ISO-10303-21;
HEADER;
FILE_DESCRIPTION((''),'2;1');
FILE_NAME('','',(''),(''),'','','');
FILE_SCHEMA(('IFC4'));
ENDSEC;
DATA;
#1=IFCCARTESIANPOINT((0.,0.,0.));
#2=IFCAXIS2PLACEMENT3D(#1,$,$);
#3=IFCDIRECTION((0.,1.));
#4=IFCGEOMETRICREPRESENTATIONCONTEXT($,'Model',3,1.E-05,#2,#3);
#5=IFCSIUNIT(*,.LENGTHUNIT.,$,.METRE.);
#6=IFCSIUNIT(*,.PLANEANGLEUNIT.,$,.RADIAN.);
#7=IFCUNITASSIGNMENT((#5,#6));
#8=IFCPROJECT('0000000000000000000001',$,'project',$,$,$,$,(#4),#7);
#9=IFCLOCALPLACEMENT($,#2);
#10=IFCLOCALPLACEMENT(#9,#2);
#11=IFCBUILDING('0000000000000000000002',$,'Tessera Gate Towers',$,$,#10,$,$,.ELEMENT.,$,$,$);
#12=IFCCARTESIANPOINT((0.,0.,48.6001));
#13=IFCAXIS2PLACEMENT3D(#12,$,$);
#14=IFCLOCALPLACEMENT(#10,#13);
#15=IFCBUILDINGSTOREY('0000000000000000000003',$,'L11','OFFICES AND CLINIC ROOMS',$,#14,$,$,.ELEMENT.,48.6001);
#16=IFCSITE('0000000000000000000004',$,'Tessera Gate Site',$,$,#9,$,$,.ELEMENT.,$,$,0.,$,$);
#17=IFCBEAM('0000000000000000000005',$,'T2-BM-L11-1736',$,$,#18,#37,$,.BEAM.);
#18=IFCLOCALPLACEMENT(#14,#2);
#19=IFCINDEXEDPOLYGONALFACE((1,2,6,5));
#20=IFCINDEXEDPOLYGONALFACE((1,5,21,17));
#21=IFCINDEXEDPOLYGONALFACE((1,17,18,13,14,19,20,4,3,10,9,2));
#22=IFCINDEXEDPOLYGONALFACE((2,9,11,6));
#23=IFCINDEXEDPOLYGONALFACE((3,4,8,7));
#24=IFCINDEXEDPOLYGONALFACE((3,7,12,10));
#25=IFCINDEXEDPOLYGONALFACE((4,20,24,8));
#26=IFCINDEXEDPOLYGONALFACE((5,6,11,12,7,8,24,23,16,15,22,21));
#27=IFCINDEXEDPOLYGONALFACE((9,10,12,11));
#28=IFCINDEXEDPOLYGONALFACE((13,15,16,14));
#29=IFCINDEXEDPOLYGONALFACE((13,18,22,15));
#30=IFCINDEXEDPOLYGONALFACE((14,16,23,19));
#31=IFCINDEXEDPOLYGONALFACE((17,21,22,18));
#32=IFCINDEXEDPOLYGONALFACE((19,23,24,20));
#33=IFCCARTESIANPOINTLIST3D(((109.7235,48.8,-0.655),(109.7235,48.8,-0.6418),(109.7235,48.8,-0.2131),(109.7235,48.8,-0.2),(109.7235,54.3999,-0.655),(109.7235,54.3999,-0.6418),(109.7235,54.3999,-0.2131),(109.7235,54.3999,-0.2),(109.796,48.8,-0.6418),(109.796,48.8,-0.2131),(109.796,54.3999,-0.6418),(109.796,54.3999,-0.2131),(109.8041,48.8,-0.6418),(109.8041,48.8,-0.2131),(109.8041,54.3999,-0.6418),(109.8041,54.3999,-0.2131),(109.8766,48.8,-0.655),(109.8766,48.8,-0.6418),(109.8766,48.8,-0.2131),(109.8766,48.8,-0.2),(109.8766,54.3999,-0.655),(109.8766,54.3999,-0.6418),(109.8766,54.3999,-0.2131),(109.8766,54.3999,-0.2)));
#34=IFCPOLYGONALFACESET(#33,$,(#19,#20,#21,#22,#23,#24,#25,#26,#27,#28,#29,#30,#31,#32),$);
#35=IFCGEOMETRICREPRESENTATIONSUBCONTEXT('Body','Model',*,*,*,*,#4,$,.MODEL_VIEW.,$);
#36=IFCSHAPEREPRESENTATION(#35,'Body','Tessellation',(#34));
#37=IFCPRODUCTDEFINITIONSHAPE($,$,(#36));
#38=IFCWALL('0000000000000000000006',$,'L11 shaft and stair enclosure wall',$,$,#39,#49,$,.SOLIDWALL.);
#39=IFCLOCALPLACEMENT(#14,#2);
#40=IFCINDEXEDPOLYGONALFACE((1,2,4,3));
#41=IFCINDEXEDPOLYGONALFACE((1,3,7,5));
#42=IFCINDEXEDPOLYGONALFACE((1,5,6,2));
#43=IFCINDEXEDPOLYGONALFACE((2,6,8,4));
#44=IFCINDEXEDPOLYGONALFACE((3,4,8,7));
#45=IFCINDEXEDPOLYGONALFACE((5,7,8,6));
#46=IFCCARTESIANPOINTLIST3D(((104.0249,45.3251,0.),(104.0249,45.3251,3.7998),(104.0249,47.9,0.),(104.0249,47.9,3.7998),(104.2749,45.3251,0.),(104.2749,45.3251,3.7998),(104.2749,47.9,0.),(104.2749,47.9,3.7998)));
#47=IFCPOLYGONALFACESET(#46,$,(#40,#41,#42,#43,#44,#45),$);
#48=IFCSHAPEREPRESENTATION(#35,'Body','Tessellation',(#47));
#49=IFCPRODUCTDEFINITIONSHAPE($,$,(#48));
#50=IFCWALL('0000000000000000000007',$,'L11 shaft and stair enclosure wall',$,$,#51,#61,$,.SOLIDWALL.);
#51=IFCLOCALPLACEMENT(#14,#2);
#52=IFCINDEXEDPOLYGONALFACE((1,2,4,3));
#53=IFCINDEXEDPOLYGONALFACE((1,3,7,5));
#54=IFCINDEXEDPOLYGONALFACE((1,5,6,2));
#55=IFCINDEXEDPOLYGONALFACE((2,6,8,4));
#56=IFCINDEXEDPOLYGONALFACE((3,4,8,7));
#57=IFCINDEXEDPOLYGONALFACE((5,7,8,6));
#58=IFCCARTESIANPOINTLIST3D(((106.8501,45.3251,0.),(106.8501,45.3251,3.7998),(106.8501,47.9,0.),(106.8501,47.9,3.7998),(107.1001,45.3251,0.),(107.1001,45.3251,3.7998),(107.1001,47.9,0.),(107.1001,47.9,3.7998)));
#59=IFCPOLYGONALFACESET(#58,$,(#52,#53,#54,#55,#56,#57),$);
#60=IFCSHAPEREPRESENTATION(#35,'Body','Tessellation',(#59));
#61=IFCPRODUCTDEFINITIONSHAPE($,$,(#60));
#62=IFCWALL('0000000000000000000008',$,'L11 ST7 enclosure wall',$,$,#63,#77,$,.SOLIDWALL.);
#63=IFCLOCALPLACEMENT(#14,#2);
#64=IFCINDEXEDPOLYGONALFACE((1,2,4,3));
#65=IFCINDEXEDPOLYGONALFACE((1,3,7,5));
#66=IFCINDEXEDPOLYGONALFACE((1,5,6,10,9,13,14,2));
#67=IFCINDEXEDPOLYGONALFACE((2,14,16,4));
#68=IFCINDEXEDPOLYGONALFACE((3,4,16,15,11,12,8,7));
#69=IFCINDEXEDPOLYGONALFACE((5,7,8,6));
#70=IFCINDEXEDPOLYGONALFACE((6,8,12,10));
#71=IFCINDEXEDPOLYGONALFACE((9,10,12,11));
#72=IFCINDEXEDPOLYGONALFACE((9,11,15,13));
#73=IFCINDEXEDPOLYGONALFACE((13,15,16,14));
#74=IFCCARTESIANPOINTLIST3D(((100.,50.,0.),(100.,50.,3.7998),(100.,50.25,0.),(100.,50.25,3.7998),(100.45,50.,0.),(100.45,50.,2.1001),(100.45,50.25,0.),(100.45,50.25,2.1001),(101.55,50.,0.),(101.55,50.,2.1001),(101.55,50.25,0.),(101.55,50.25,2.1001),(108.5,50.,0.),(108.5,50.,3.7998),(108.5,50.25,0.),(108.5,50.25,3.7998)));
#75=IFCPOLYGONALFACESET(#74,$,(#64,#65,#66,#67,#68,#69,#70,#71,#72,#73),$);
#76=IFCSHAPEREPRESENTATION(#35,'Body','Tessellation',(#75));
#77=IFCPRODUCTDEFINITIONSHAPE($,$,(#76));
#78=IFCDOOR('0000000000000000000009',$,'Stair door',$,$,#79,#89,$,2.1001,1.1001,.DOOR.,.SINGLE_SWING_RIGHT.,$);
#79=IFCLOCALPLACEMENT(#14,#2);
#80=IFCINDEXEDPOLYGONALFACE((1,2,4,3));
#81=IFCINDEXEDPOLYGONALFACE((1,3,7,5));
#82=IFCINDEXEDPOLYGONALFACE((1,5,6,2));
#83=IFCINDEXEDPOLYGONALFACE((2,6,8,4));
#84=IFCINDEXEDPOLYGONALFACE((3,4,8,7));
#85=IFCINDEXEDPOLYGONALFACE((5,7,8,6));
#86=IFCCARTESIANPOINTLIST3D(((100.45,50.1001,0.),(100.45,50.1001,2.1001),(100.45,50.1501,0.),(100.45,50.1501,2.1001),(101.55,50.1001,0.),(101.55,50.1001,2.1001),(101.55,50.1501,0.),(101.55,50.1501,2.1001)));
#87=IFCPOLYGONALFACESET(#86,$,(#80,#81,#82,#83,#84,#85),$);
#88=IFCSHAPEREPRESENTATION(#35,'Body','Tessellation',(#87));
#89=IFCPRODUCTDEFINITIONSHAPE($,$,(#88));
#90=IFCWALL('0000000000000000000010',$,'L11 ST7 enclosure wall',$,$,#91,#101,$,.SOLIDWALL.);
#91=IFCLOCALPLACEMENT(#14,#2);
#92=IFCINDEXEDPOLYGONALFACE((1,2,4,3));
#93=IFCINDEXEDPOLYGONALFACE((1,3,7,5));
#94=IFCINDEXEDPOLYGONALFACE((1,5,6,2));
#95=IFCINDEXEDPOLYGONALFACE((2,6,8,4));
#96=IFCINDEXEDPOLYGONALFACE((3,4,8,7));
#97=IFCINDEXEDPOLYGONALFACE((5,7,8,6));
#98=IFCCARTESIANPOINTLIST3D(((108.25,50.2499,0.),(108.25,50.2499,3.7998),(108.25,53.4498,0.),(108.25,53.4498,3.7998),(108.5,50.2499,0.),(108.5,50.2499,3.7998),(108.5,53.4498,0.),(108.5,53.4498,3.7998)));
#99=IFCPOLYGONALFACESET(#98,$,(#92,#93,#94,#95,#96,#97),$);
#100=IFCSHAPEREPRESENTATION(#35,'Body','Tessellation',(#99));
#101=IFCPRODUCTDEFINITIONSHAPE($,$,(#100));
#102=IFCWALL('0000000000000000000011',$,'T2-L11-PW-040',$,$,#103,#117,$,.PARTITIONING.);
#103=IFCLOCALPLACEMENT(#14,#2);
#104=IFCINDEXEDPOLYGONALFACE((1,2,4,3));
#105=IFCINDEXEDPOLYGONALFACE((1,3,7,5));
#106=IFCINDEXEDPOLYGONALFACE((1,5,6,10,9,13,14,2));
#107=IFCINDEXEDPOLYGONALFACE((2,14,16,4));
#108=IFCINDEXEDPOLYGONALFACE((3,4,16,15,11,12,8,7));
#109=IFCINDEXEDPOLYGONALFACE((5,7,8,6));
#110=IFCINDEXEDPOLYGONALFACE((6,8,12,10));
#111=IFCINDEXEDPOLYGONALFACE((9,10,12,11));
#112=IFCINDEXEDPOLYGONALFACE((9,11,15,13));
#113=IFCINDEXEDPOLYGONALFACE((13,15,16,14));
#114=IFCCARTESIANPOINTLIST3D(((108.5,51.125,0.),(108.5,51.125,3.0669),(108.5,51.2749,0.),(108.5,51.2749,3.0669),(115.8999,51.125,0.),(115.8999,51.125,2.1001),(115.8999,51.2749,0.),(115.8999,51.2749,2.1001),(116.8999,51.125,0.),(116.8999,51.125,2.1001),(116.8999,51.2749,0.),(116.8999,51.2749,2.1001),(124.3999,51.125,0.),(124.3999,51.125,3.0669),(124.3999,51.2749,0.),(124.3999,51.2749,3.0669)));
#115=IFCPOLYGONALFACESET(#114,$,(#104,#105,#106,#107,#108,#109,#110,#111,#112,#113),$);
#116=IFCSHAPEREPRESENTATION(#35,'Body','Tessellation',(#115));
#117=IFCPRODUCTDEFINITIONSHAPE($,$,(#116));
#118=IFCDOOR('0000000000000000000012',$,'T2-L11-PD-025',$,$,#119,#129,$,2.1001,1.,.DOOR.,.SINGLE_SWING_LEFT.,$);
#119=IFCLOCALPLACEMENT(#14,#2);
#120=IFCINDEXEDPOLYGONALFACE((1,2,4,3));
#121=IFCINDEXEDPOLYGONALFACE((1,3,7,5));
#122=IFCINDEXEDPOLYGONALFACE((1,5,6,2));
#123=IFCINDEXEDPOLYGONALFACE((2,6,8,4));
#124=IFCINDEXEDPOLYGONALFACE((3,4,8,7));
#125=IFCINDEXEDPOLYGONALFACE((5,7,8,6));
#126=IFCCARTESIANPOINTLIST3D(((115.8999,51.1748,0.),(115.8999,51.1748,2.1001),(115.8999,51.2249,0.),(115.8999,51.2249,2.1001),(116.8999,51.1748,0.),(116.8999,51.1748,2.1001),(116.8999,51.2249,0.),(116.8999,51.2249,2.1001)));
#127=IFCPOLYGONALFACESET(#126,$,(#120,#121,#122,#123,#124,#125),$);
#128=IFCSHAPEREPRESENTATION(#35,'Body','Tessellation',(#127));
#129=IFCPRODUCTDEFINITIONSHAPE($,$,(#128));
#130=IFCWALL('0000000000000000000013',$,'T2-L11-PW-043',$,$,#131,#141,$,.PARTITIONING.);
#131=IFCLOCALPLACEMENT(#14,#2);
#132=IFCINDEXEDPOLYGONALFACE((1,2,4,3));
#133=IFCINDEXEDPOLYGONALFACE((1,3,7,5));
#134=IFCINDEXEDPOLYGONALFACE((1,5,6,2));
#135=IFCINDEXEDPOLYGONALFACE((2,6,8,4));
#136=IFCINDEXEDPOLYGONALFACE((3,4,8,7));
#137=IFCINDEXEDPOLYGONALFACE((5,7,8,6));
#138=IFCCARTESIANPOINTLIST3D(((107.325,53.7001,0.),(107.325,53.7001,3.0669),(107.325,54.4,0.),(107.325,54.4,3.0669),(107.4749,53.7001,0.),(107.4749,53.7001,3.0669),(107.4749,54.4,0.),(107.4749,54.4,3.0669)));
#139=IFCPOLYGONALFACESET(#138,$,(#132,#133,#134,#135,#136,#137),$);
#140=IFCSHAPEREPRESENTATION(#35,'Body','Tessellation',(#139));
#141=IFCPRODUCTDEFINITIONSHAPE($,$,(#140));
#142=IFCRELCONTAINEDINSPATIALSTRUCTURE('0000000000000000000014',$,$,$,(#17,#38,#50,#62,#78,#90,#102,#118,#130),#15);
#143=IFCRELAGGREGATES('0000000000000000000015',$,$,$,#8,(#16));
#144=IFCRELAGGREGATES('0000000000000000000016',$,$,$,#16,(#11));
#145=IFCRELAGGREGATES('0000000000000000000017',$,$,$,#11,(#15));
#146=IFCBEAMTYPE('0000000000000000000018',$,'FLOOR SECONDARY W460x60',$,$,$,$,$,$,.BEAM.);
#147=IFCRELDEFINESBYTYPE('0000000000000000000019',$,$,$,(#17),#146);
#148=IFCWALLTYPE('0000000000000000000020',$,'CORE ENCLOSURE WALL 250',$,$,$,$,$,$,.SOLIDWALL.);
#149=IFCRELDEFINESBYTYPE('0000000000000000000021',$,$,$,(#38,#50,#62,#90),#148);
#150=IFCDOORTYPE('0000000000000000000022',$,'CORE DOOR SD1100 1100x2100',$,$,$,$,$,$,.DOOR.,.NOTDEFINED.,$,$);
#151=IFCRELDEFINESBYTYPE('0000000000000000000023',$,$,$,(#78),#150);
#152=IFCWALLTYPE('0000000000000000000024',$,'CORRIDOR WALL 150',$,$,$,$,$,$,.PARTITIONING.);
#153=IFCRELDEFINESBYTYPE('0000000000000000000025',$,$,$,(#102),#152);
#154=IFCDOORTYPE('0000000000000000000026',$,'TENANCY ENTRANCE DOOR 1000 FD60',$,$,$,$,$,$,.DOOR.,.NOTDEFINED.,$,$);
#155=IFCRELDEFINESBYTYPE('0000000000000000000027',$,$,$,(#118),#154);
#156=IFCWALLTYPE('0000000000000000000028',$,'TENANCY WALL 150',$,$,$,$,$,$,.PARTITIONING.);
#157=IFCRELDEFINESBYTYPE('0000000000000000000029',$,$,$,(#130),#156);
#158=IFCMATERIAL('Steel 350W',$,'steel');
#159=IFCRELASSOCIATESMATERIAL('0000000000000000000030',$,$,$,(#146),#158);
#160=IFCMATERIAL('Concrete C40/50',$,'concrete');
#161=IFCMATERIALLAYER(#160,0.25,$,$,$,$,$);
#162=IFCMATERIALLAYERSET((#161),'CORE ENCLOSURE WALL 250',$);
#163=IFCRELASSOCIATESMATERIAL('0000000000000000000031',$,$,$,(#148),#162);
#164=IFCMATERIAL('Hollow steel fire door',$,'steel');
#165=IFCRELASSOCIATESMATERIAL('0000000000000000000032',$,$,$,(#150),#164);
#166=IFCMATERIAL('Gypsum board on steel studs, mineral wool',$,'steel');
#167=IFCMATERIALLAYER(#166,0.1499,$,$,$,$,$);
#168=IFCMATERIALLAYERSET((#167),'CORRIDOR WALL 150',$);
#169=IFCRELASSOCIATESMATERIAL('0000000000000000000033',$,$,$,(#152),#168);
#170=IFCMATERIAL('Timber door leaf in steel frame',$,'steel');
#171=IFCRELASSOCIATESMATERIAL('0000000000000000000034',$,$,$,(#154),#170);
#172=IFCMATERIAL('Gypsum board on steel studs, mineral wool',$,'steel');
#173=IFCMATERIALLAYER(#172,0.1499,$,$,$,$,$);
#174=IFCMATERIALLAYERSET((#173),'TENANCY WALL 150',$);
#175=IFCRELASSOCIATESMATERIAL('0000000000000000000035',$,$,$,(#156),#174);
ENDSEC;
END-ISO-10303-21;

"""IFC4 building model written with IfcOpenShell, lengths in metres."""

from ifc_helpers import new_model, si_unit, direction, frame, frame_2d, origin, origin_2d, place, context, subcontext, project, spatial, rectangle, i_section, extrude, source, transform, mapped, material, layer, layer_set, material_profile, profile_set, type_object, element, fill, save


model = new_model("IFC4")

# Units and contexts
model_context = context("Model", 3, precision=1e-05, world=origin(), true_north=direction((0.0, 1.0)))
body_context = subcontext(model_context, "Body", "Model", "MODEL_VIEW")
ifc_project = project(units=[si_unit("LENGTHUNIT", "METRE"), si_unit("PLANEANGLEUNIT", "RADIAN")], contexts=[model_context])

# Site, building, storey
site_placement = place(None, origin())
site = spatial("IfcSite", under=ifc_project, at=site_placement, Name="Tessera Gate Site", CompositionType="ELEMENT", RefElevation=0.0)
building_placement = place(site_placement, origin())
building = spatial("IfcBuilding", under=site, at=building_placement, Name="Tessera Gate Towers", CompositionType="ELEMENT")
storey_placement = place(building_placement, frame((0.0, 0.0, 48.6001)))
storey = spatial("IfcBuildingStorey", under=building, at=storey_placement, Name="L11", Description="OFFICES AND CLINIC ROOMS", CompositionType="ELEMENT", Elevation=48.6001)

# Beam
ifc_material_1 = material(Name="Steel 350W", Category="steel")
ifc_material_profile = material_profile(ifc_material_1, i_section(OverallWidth=0.1531, OverallDepth=0.4551, WebThickness=0.0081, FlangeThickness=0.0132, at=origin_2d()), Name="W460x60")
ifc_profile_set = profile_set([ifc_material_profile], Name="Steel 350W")
beam_type = type_object("IfcBeamType", Name="FLOOR SECONDARY W460x60", PredefinedType="BEAM", material=ifc_profile_set)
beam_placement = place(storey_placement, frame((109.8, 48.8, -0.4275), z_axis=(0.0, 1.0, 0.0), x_axis=(-1.0, 0.0, 0.0)))
element("IfcBeam", 1, at=beam_placement, inside=storey, type_object=beam_type, Name="T2-BM-L11-1736", PredefinedType="BEAM", context=body_context, shape_type="SweptSolid", body=[
    extrude(i_section(OverallWidth=0.1531, OverallDepth=0.4551, WebThickness=0.0081, FlangeThickness=0.0132, at=origin_2d()), origin(), (0.0, 0.0, 1.0), 5.5999),
])

# Walls
ifc_material_2 = material(Name="Concrete C40/50", Category="concrete")
ifc_layer_1 = layer(ifc_material_2, 0.25)
ifc_layer_set_1 = layer_set([ifc_layer_1], Name="CORE ENCLOSURE WALL 250")
wall_type_1 = type_object("IfcWallType", Name="CORE ENCLOSURE WALL 250", PredefinedType="SOLIDWALL", material=ifc_layer_set_1)
for number, where, z_axis, x_axis, name in (
    (2, (104.1499, 45.325, 0.0), (0.0, 0.0, 1.0), (0.0, 1.0, 0.0), "L11 shaft and stair enclosure wall"),
    (3, (106.9751, 45.325, 0.0), (0.0, 0.0, 1.0), (0.0, 1.0, 0.0), "L11 shaft and stair enclosure wall"),
):
    element("IfcWall", number, at=place(storey_placement, frame(where, z_axis=z_axis, x_axis=x_axis)), inside=storey, type_object=wall_type_1, Name=name, PredefinedType="SOLIDWALL", context=body_context, shape_type="SweptSolid", body=[
        extrude(rectangle(XDim=2.575, YDim=0.25, at=frame_2d((1.2876, 0.0))), origin(), (0.0, 0.0, 1.0), 3.7998),
    ])

# Wall, opening, door
wall_1_placement = place(storey_placement, frame((108.5, 50.125, 0.0), z_axis=(0.0, 0.0, 1.0), x_axis=(-1.0, 0.0, 0.0)))
wall_1 = element("IfcWall", 4, at=wall_1_placement, inside=storey, type_object=wall_type_1, Name="L11 ST7 enclosure wall", PredefinedType="SOLIDWALL", context=body_context, shape_type="SweptSolid", body=[
    extrude(rectangle(XDim=8.5, YDim=0.25, at=frame_2d((4.25, 0.0))), origin(), (0.0, 0.0, 1.0), 3.7998),
])
shared_shape_1 = source(origin(), body_context, "Body", "SweptSolid", [
    extrude(rectangle(XDim=1.1001, YDim=2.1001, at=frame_2d((0.55, 1.05))), frame((0.0, 0.135, 0.0), z_axis=(0.0, -1.0, 0.0), x_axis=(1.0, 0.0, 0.0)), (0.0, 0.0, 1.0), 0.27),
])
opening_1_placement = place(wall_1_placement, frame((6.95, 0.0, 0.0)))
opening_1 = element("IfcOpeningElement", 5, at=opening_1_placement, cuts=wall_1, PredefinedType="OPENING", context=body_context, shape_type="MappedRepresentation", body=[
    mapped(shared_shape_1, transform((0.0, 0.0, 0.0), scale=1.0)),
])
ifc_material_3 = material(Name="Hollow steel fire door", Category="steel")
door_type_1 = type_object("IfcDoorType", Name="CORE DOOR SD1100 1100x2100", OperationType="NOTDEFINED", PredefinedType="DOOR", material=ifc_material_3)
shared_shape_2 = source(origin(), body_context, "Body", "SweptSolid", [
    extrude(rectangle(XDim=1.1001, YDim=2.1001, at=frame_2d((0.55, 1.05))), frame((0.0, 0.0249, 0.0), z_axis=(0.0, -1.0, 0.0), x_axis=(1.0, 0.0, 0.0)), (0.0, 0.0, 1.0), 0.05),
])
door_1_placement = place(opening_1_placement, origin())
door_1 = element("IfcDoor", 6, at=door_1_placement, inside=storey, type_object=door_type_1, Name="Stair door", OperationType="SINGLE_SWING_RIGHT", OverallHeight=2.1001, OverallWidth=1.1001, PredefinedType="DOOR", context=body_context, shape_type="MappedRepresentation", body=[
    mapped(shared_shape_2, transform((0.0, 0.0, 0.0), scale=1.0)),
])
fill(opening_1, door_1)

# Wall
wall_2_placement = place(storey_placement, frame((108.375, 53.45, 0.0), z_axis=(0.0, 0.0, 1.0), x_axis=(0.0, -1.0, 0.0)))
element("IfcWall", 7, at=wall_2_placement, inside=storey, type_object=wall_type_1, Name="L11 ST7 enclosure wall", PredefinedType="SOLIDWALL", context=body_context, shape_type="SweptSolid", body=[
    extrude(rectangle(XDim=3.2, YDim=0.25, at=frame_2d((1.6001, 0.0))), origin(), (0.0, 0.0, 1.0), 3.7998),
])

# Wall, opening, door
ifc_material_4 = material(Name="Gypsum board on steel studs, mineral wool", Category="steel")
ifc_layer_2 = layer(ifc_material_4, 0.1499)
ifc_layer_set_2 = layer_set([ifc_layer_2], Name="CORRIDOR WALL 150")
wall_type_2 = type_object("IfcWallType", Name="CORRIDOR WALL 150", PredefinedType="PARTITIONING", material=ifc_layer_set_2)
wall_3_placement = place(storey_placement, frame((108.5, 51.2, 0.0), z_axis=(0.0, 0.0, 1.0), x_axis=(1.0, 0.0, 0.0)))
wall_3 = element("IfcWall", 8, at=wall_3_placement, inside=storey, type_object=wall_type_2, Name="T2-L11-PW-040", PredefinedType="PARTITIONING", context=body_context, shape_type="SweptSolid", body=[
    extrude(rectangle(XDim=15.8999, YDim=0.1499, at=frame_2d((7.95, 0.0))), origin(), (0.0, 0.0, 1.0), 3.0669),
])
shared_shape_3 = source(origin(), body_context, "Body", "SweptSolid", [
    extrude(rectangle(XDim=1.0, YDim=2.1001, at=frame_2d((0.5, 1.05))), frame((0.0, 0.085, 0.0), z_axis=(0.0, -1.0, 0.0), x_axis=(1.0, 0.0, 0.0)), (0.0, 0.0, 1.0), 0.1699),
])
opening_2_placement = place(wall_3_placement, frame((7.3999, 0.0, 0.0)))
opening_2 = element("IfcOpeningElement", 9, at=opening_2_placement, cuts=wall_3, PredefinedType="OPENING", context=body_context, shape_type="MappedRepresentation", body=[
    mapped(shared_shape_3, transform((0.0, 0.0, 0.0), scale=1.0)),
])
ifc_material_5 = material(Name="Timber door leaf in steel frame", Category="steel")
door_type_2 = type_object("IfcDoorType", Name="TENANCY ENTRANCE DOOR 1000 FD60", OperationType="NOTDEFINED", PredefinedType="DOOR", material=ifc_material_5)
shared_shape_4 = source(origin(), body_context, "Body", "SweptSolid", [
    extrude(rectangle(XDim=1.0, YDim=2.1001, at=frame_2d((0.5, 1.05))), frame((0.0, 0.0249, 0.0), z_axis=(0.0, -1.0, 0.0), x_axis=(1.0, 0.0, 0.0)), (0.0, 0.0, 1.0), 0.05),
])
door_2_placement = place(opening_2_placement, origin())
door_2 = element("IfcDoor", 10, at=door_2_placement, inside=storey, type_object=door_type_2, Name="T2-L11-PD-025", OperationType="SINGLE_SWING_LEFT", OverallHeight=2.1001, OverallWidth=1.0, PredefinedType="DOOR", context=body_context, shape_type="MappedRepresentation", body=[
    mapped(shared_shape_4, transform((0.0, 0.0, 0.0), scale=1.0)),
])
fill(opening_2, door_2)

# Wall
ifc_material_6 = material(Name="Gypsum board on steel studs, mineral wool", Category="steel")
ifc_layer_3 = layer(ifc_material_6, 0.1499)
ifc_layer_set_3 = layer_set([ifc_layer_3], Name="TENANCY WALL 150")
wall_type_3 = type_object("IfcWallType", Name="TENANCY WALL 150", PredefinedType="PARTITIONING", material=ifc_layer_set_3)
wall_4_placement = place(storey_placement, frame((107.3999, 53.7, 0.0), z_axis=(0.0, 0.0, 1.0), x_axis=(0.0, 1.0, 0.0)))
element("IfcWall", 11, at=wall_4_placement, inside=storey, type_object=wall_type_3, Name="T2-L11-PW-043", PredefinedType="PARTITIONING", context=body_context, shape_type="SweptSolid", body=[
    extrude(rectangle(XDim=0.7, YDim=0.1499, at=frame_2d((0.3501, 0.0))), origin(), (0.0, 0.0, 1.0), 3.0669),
])

save(model, "model.ifc")
